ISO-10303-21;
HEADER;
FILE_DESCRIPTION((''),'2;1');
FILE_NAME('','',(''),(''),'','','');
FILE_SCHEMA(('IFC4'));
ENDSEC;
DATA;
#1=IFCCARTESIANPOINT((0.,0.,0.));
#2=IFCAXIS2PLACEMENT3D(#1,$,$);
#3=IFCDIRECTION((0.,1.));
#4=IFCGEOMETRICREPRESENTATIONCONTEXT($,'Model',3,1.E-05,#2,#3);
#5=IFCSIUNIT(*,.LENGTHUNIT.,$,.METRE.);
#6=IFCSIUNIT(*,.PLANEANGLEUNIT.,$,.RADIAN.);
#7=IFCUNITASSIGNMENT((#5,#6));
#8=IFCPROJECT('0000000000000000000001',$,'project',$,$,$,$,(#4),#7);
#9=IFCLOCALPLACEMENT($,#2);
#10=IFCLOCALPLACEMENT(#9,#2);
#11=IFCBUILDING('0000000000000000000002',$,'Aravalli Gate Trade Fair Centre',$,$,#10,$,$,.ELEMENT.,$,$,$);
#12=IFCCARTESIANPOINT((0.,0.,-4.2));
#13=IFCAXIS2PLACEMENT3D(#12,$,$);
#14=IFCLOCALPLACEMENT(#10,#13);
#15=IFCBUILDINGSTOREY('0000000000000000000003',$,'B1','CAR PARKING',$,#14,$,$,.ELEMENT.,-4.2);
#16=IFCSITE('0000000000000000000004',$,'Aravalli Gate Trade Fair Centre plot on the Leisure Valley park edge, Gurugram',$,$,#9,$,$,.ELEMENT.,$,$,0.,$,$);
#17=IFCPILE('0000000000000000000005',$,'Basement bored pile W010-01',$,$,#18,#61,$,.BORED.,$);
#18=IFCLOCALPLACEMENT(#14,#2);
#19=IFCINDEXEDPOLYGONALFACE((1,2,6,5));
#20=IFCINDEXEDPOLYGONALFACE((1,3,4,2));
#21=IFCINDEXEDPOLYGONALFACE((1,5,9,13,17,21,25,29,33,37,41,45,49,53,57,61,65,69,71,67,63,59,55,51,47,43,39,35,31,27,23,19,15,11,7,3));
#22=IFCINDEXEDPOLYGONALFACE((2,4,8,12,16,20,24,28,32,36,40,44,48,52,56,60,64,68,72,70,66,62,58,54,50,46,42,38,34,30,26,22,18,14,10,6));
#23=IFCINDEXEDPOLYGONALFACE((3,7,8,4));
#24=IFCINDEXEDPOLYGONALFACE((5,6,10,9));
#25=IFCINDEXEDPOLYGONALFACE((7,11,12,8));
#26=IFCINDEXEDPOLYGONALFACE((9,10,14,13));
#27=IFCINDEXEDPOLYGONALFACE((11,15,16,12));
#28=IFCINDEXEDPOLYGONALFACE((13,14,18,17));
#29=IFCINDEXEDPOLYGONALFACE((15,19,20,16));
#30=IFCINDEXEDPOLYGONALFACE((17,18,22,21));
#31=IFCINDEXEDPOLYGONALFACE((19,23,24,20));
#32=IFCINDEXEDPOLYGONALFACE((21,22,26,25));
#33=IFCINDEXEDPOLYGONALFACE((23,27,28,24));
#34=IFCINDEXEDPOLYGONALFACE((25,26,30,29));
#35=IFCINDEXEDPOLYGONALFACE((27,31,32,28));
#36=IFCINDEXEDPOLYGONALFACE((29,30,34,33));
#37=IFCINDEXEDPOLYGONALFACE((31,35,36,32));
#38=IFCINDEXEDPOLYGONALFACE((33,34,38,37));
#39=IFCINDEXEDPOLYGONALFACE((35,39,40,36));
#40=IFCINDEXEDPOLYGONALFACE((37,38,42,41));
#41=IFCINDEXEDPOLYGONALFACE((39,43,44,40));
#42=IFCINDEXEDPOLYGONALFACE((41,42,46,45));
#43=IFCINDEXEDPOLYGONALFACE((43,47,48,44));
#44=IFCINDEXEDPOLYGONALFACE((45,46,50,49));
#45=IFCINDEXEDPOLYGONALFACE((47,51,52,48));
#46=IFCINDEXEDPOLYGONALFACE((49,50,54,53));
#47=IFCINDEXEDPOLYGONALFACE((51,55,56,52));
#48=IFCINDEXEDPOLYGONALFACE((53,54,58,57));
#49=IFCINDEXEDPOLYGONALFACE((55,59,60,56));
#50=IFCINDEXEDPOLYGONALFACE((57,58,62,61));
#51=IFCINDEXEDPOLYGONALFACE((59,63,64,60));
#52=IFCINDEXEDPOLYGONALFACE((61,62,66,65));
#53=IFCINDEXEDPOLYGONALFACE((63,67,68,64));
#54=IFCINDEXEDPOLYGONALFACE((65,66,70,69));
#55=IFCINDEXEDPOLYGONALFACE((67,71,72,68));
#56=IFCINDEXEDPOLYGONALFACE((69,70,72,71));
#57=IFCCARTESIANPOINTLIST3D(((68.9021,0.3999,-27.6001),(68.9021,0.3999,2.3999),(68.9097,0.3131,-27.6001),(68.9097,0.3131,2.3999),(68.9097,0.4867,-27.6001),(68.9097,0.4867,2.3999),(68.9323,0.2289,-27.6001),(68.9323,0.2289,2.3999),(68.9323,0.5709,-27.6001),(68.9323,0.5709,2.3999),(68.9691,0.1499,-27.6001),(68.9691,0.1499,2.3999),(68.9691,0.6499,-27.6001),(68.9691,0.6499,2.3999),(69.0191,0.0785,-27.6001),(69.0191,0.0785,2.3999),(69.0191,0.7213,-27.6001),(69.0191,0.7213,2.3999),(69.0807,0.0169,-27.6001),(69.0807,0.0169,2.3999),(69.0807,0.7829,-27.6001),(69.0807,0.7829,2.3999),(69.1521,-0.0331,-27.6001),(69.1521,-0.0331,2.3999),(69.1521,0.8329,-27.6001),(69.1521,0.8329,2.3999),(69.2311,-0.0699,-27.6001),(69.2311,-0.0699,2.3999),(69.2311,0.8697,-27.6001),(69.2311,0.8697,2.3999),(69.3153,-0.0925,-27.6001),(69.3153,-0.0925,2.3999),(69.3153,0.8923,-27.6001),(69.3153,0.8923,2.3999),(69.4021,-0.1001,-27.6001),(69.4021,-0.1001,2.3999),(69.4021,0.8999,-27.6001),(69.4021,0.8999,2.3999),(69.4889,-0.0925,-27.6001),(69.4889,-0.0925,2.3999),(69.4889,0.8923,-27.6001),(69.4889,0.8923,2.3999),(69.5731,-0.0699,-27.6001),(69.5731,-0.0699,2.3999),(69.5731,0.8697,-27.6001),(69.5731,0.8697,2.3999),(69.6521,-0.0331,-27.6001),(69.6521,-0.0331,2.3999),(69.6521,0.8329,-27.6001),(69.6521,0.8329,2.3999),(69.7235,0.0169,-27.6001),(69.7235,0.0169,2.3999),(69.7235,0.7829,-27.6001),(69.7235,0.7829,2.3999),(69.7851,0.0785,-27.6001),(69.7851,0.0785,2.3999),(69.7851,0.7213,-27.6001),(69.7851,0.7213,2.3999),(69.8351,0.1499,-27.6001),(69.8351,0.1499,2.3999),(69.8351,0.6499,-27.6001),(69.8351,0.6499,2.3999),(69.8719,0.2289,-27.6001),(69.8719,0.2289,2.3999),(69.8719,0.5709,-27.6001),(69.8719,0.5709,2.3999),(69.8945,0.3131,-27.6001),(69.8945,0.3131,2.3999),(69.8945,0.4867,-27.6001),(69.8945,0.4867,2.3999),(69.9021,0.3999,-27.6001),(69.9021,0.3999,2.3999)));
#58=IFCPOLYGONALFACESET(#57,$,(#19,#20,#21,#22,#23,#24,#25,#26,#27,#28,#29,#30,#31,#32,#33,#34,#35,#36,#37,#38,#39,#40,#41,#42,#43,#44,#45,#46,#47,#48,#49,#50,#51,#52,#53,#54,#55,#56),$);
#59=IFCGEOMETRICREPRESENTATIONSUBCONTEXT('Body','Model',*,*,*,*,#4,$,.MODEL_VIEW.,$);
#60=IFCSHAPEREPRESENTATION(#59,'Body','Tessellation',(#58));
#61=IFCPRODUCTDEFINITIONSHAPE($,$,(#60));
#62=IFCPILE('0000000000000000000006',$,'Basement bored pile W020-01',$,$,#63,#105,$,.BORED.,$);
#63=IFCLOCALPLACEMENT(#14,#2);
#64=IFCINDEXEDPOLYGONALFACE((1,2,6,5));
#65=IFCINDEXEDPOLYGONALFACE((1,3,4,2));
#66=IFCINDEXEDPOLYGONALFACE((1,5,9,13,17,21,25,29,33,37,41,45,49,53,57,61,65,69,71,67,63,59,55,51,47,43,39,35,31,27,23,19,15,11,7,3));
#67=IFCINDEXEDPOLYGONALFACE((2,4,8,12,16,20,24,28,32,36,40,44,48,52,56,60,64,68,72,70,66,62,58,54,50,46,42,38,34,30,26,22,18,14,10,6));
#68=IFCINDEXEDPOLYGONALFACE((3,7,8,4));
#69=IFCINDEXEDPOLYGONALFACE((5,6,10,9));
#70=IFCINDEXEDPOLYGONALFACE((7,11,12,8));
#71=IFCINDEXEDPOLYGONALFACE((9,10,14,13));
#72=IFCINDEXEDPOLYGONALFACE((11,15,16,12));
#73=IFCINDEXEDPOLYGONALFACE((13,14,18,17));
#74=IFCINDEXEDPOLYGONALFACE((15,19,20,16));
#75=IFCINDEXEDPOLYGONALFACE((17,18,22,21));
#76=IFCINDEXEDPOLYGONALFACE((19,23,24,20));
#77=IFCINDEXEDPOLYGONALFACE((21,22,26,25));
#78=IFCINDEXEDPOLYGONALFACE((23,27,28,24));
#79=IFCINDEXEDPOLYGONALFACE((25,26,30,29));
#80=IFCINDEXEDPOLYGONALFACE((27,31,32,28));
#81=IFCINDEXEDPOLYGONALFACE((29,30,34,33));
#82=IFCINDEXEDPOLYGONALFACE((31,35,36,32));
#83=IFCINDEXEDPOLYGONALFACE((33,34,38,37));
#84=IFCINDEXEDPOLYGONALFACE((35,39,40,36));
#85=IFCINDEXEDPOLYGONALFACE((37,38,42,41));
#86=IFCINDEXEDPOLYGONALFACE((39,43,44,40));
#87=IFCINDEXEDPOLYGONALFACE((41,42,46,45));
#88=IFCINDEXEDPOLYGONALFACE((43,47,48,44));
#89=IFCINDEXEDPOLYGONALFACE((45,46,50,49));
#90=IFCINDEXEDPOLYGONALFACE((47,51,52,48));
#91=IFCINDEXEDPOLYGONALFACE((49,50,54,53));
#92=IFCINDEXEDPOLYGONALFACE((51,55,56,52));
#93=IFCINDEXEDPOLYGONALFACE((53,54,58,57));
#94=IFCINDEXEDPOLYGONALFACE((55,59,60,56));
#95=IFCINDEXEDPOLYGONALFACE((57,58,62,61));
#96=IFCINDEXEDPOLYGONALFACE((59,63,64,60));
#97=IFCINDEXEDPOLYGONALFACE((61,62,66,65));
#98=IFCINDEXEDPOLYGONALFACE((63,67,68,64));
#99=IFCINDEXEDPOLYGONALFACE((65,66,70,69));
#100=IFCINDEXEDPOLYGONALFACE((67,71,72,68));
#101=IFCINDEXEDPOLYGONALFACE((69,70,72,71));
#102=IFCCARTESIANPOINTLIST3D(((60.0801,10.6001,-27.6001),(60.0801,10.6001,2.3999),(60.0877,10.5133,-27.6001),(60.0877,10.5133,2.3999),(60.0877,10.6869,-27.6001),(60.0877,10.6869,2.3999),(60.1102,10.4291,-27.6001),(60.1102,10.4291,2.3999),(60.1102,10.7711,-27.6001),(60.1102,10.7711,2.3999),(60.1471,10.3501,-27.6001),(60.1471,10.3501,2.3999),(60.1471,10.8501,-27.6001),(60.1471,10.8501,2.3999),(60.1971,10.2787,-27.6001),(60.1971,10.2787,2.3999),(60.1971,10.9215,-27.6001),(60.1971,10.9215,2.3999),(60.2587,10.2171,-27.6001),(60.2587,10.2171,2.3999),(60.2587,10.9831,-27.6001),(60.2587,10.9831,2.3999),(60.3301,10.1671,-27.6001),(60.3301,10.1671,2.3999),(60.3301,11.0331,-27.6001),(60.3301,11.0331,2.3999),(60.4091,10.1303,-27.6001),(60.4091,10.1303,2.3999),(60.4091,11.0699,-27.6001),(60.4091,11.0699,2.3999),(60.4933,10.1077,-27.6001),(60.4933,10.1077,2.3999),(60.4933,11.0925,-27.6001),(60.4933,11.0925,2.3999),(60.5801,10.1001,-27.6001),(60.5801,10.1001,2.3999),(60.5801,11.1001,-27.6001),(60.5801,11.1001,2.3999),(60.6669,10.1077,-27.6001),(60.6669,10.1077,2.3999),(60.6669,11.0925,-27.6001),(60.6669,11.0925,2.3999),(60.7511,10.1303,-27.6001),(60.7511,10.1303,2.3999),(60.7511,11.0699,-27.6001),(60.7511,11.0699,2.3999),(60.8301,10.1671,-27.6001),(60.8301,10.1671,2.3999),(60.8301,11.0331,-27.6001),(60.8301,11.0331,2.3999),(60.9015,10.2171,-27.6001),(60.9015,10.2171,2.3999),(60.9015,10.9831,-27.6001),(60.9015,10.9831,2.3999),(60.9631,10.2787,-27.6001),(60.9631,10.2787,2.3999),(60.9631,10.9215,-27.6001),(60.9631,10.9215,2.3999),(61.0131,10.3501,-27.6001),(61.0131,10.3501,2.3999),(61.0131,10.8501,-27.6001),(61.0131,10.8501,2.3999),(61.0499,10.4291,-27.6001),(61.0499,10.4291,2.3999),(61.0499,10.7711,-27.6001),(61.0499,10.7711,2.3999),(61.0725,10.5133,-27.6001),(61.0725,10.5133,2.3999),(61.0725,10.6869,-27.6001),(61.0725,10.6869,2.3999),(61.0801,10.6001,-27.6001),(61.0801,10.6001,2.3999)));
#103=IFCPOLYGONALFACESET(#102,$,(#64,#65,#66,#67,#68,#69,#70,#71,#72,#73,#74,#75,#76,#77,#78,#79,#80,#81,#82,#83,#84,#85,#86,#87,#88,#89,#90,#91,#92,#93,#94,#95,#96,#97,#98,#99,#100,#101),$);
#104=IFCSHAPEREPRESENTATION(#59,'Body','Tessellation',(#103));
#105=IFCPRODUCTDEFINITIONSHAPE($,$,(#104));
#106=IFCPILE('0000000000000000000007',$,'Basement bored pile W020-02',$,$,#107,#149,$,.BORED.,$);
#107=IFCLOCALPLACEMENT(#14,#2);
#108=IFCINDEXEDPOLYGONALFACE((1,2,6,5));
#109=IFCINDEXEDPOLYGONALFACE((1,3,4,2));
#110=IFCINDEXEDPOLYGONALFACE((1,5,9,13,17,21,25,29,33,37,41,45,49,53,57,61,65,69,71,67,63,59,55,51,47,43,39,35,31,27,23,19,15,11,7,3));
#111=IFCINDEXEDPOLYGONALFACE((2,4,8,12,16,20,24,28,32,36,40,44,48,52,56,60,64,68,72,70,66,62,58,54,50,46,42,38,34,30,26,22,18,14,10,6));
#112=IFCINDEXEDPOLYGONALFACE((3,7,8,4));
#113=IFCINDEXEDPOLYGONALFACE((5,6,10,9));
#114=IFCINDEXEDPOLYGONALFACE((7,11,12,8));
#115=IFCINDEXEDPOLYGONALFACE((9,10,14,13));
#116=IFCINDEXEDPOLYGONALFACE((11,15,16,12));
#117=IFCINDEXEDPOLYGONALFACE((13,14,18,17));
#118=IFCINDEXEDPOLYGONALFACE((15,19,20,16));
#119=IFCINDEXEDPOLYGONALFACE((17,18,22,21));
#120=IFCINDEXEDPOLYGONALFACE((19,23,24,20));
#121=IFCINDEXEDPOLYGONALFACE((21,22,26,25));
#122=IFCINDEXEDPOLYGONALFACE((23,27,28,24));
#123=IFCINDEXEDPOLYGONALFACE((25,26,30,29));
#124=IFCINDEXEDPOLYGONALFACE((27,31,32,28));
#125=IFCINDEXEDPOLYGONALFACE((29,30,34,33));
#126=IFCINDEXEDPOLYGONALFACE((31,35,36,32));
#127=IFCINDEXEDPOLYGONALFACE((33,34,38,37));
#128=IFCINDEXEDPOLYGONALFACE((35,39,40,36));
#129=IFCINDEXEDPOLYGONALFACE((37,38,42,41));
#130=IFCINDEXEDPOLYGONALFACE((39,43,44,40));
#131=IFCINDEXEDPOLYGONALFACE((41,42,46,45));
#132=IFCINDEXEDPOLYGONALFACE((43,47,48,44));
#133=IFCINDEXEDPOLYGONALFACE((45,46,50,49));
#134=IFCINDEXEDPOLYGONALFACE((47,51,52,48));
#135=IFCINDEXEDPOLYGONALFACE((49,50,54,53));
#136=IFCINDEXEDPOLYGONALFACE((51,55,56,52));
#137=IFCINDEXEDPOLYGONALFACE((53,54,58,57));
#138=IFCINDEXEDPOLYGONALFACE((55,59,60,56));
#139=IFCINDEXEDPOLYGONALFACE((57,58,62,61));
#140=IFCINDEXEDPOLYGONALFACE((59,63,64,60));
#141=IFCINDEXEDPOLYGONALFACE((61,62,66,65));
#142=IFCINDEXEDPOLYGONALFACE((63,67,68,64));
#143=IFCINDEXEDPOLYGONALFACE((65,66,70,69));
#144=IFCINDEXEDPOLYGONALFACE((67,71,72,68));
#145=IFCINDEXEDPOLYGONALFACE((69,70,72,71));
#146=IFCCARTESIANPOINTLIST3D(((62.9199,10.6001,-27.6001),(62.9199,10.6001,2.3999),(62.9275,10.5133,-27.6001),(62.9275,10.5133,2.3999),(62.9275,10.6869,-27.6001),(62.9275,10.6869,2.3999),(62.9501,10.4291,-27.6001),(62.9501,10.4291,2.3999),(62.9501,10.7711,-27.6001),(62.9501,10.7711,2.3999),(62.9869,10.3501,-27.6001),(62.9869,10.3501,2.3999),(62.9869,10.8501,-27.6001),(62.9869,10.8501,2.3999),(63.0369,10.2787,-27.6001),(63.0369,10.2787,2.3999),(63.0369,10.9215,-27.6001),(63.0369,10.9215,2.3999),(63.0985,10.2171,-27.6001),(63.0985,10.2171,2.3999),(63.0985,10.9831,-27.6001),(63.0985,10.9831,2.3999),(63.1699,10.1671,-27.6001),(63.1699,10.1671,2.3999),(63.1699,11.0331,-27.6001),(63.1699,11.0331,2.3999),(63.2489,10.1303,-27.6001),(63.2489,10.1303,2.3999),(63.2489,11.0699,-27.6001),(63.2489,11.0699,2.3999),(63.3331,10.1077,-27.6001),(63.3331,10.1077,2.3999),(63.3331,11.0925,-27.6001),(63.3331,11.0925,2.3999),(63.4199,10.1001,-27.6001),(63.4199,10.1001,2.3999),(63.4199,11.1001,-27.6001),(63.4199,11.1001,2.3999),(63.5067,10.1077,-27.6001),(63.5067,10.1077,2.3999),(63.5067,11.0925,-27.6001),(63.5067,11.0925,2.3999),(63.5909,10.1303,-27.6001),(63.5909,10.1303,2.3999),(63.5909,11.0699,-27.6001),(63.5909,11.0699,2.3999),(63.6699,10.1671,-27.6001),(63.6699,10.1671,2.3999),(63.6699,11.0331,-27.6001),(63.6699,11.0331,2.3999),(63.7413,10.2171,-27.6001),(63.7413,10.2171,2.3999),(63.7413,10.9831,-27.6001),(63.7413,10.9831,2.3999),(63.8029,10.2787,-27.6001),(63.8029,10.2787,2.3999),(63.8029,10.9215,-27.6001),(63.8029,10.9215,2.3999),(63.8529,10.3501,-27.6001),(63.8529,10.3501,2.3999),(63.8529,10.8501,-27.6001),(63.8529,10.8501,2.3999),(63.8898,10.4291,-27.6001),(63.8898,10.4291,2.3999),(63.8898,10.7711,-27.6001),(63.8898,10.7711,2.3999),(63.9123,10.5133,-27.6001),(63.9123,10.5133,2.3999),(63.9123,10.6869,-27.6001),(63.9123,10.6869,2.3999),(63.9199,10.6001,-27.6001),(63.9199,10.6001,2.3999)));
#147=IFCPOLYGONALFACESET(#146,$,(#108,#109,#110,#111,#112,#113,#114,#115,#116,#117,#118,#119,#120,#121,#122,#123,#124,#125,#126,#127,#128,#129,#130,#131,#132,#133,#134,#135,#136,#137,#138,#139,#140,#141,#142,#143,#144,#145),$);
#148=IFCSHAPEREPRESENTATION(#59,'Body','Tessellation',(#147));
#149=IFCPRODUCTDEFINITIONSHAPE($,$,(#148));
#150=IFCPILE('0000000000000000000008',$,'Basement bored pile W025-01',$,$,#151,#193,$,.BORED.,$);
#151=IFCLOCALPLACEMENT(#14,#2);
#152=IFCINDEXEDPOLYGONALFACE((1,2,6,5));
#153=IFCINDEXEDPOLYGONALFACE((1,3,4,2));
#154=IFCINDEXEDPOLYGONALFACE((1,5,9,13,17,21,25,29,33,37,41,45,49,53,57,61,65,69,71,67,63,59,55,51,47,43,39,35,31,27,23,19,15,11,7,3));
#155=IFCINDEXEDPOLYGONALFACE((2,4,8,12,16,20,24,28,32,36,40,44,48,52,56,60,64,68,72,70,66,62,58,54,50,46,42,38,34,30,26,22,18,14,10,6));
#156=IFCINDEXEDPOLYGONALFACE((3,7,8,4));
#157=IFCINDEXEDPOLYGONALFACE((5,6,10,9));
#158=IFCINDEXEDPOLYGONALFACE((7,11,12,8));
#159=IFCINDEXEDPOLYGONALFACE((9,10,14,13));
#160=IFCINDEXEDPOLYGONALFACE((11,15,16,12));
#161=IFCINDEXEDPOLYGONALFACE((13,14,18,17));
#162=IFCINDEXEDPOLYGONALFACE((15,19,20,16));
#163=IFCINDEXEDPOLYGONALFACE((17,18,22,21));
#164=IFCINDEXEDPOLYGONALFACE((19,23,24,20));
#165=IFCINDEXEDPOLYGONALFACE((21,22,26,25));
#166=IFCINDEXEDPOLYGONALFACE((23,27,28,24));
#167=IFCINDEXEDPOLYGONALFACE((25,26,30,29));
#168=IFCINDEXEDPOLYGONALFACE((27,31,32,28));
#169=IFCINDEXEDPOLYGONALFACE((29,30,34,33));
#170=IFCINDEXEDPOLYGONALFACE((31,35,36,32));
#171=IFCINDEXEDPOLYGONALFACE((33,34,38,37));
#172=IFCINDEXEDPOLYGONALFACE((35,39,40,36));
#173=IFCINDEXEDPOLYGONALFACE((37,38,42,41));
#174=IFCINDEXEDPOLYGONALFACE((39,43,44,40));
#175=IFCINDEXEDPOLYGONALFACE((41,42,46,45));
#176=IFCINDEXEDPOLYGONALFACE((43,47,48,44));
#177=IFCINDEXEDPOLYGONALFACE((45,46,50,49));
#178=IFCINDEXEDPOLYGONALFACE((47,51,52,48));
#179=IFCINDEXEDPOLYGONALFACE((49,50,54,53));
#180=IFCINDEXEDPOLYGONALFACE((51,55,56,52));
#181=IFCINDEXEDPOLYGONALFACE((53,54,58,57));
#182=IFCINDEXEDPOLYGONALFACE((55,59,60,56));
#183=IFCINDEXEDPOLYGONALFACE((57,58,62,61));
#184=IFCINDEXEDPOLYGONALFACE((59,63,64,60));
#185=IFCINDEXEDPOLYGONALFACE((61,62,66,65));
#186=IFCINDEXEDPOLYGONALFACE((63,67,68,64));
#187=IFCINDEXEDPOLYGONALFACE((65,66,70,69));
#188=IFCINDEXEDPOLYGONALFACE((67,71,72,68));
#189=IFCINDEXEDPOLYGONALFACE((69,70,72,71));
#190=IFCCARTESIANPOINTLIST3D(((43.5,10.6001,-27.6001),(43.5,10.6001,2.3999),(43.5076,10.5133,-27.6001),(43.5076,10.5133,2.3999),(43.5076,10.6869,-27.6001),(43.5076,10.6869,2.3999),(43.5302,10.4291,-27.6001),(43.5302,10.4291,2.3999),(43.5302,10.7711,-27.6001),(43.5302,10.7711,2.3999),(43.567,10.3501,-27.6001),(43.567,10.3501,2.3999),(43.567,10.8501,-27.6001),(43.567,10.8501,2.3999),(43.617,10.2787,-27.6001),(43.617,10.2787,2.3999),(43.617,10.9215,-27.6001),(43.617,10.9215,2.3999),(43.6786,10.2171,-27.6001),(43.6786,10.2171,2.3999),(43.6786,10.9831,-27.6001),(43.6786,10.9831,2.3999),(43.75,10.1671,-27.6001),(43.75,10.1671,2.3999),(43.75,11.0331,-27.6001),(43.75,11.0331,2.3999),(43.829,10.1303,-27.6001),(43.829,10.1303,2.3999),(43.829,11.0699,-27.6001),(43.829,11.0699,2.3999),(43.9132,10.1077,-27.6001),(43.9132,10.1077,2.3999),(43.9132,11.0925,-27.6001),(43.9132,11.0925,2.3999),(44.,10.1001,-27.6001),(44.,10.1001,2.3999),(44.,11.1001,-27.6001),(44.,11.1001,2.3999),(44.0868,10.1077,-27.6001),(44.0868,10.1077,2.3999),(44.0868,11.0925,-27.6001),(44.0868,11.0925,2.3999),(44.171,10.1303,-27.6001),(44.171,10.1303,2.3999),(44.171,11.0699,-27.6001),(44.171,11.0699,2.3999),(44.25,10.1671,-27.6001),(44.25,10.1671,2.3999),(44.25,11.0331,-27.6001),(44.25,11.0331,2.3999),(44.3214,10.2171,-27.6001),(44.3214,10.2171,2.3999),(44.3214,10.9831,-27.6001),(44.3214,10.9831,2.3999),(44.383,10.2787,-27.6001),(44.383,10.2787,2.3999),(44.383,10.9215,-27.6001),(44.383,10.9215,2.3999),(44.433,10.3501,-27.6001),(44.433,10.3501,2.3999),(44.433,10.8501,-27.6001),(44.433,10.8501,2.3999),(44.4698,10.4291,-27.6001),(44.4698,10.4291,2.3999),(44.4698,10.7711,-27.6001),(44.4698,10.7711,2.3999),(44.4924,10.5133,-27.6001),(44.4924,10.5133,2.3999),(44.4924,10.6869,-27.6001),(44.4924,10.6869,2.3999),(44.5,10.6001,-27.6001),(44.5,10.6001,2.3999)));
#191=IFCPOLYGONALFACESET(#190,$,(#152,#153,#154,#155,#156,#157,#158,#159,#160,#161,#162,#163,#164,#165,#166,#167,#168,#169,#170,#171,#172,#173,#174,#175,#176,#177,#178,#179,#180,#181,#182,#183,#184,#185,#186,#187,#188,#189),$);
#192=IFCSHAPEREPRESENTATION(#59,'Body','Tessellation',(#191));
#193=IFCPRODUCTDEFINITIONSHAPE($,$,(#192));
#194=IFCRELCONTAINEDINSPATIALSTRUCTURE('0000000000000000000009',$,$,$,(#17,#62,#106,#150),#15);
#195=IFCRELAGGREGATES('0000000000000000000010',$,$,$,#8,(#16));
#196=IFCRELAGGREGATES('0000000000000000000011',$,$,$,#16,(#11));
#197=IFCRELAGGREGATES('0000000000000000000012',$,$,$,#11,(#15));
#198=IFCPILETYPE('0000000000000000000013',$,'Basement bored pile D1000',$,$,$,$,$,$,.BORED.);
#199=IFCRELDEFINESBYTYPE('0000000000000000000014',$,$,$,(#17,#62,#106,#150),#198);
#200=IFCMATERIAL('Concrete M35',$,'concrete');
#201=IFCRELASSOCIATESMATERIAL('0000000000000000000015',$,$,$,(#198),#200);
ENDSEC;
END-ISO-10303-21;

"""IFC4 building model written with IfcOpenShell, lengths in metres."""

from ifc_helpers import new_model, si_unit, direction, frame, origin, origin_2d, place, context, subcontext, project, spatial, circle, extrude, material, material_profile, profile_set, type_object, element, save


model = new_model("IFC4")

# Units and contexts
model_context = context("Model", 3, precision=1e-05, world=origin(), true_north=direction((0.0, 1.0)))
body_context = subcontext(model_context, "Body", "Model", "MODEL_VIEW")
ifc_project = project(units=[si_unit("LENGTHUNIT", "METRE"), si_unit("PLANEANGLEUNIT", "RADIAN")], contexts=[model_context])

# Site, building, storey
site_placement = place(None, origin())
site = spatial("IfcSite", under=ifc_project, at=site_placement, Name="Aravalli Gate Trade Fair Centre plot on the Leisure Valley park edge, Gurugram", CompositionType="ELEMENT", RefElevation=0.0)
building_placement = place(site_placement, origin())
building = spatial("IfcBuilding", under=site, at=building_placement, Name="Aravalli Gate Trade Fair Centre", CompositionType="ELEMENT")
storey_placement = place(building_placement, frame((0.0, 0.0, -4.2)))
storey = spatial("IfcBuildingStorey", under=building, at=storey_placement, Name="B1", Description="CAR PARKING", CompositionType="ELEMENT", Elevation=-4.2)

# Piles
ifc_material_1 = material(Name="Concrete M35", Category="concrete")
ifc_material_profile = material_profile(ifc_material_1, circle(Radius=0.5, at=origin_2d()), Name="D1000")
ifc_profile_set = profile_set([ifc_material_profile], Name="Concrete M35")
pile_type = type_object("IfcPileType", Name="Basement bored pile D1000", PredefinedType="BORED", material=ifc_profile_set)
for number, where, z_axis, x_axis, name in (
    (1, (69.4021, 0.3999, 2.3999), (0.0, 0.0, -1.0), (1.0, 0.0, 0.0), "Basement bored pile W010-01"),
    (2, (60.5801, 10.6001, 2.3999), (0.0, 0.0, -1.0), (1.0, 0.0, 0.0), "Basement bored pile W020-01"),
    (3, (63.4199, 10.6001, 2.3999), (0.0, 0.0, -1.0), (1.0, 0.0, 0.0), "Basement bored pile W020-02"),
    (4, (44.0, 10.6001, 2.3999), (0.0, 0.0, -1.0), (1.0, 0.0, 0.0), "Basement bored pile W025-01"),
):
    element("IfcPile", number, at=place(storey_placement, frame(where, z_axis=z_axis, x_axis=x_axis)), inside=storey, type_object=pile_type, Name=name, PredefinedType="BORED", context=body_context, shape_type="SweptSolid", body=[
        extrude(circle(Radius=0.5, at=origin_2d()), origin(), (0.0, 0.0, 1.0), 30.0),
    ])

save(model, "model.ifc")
